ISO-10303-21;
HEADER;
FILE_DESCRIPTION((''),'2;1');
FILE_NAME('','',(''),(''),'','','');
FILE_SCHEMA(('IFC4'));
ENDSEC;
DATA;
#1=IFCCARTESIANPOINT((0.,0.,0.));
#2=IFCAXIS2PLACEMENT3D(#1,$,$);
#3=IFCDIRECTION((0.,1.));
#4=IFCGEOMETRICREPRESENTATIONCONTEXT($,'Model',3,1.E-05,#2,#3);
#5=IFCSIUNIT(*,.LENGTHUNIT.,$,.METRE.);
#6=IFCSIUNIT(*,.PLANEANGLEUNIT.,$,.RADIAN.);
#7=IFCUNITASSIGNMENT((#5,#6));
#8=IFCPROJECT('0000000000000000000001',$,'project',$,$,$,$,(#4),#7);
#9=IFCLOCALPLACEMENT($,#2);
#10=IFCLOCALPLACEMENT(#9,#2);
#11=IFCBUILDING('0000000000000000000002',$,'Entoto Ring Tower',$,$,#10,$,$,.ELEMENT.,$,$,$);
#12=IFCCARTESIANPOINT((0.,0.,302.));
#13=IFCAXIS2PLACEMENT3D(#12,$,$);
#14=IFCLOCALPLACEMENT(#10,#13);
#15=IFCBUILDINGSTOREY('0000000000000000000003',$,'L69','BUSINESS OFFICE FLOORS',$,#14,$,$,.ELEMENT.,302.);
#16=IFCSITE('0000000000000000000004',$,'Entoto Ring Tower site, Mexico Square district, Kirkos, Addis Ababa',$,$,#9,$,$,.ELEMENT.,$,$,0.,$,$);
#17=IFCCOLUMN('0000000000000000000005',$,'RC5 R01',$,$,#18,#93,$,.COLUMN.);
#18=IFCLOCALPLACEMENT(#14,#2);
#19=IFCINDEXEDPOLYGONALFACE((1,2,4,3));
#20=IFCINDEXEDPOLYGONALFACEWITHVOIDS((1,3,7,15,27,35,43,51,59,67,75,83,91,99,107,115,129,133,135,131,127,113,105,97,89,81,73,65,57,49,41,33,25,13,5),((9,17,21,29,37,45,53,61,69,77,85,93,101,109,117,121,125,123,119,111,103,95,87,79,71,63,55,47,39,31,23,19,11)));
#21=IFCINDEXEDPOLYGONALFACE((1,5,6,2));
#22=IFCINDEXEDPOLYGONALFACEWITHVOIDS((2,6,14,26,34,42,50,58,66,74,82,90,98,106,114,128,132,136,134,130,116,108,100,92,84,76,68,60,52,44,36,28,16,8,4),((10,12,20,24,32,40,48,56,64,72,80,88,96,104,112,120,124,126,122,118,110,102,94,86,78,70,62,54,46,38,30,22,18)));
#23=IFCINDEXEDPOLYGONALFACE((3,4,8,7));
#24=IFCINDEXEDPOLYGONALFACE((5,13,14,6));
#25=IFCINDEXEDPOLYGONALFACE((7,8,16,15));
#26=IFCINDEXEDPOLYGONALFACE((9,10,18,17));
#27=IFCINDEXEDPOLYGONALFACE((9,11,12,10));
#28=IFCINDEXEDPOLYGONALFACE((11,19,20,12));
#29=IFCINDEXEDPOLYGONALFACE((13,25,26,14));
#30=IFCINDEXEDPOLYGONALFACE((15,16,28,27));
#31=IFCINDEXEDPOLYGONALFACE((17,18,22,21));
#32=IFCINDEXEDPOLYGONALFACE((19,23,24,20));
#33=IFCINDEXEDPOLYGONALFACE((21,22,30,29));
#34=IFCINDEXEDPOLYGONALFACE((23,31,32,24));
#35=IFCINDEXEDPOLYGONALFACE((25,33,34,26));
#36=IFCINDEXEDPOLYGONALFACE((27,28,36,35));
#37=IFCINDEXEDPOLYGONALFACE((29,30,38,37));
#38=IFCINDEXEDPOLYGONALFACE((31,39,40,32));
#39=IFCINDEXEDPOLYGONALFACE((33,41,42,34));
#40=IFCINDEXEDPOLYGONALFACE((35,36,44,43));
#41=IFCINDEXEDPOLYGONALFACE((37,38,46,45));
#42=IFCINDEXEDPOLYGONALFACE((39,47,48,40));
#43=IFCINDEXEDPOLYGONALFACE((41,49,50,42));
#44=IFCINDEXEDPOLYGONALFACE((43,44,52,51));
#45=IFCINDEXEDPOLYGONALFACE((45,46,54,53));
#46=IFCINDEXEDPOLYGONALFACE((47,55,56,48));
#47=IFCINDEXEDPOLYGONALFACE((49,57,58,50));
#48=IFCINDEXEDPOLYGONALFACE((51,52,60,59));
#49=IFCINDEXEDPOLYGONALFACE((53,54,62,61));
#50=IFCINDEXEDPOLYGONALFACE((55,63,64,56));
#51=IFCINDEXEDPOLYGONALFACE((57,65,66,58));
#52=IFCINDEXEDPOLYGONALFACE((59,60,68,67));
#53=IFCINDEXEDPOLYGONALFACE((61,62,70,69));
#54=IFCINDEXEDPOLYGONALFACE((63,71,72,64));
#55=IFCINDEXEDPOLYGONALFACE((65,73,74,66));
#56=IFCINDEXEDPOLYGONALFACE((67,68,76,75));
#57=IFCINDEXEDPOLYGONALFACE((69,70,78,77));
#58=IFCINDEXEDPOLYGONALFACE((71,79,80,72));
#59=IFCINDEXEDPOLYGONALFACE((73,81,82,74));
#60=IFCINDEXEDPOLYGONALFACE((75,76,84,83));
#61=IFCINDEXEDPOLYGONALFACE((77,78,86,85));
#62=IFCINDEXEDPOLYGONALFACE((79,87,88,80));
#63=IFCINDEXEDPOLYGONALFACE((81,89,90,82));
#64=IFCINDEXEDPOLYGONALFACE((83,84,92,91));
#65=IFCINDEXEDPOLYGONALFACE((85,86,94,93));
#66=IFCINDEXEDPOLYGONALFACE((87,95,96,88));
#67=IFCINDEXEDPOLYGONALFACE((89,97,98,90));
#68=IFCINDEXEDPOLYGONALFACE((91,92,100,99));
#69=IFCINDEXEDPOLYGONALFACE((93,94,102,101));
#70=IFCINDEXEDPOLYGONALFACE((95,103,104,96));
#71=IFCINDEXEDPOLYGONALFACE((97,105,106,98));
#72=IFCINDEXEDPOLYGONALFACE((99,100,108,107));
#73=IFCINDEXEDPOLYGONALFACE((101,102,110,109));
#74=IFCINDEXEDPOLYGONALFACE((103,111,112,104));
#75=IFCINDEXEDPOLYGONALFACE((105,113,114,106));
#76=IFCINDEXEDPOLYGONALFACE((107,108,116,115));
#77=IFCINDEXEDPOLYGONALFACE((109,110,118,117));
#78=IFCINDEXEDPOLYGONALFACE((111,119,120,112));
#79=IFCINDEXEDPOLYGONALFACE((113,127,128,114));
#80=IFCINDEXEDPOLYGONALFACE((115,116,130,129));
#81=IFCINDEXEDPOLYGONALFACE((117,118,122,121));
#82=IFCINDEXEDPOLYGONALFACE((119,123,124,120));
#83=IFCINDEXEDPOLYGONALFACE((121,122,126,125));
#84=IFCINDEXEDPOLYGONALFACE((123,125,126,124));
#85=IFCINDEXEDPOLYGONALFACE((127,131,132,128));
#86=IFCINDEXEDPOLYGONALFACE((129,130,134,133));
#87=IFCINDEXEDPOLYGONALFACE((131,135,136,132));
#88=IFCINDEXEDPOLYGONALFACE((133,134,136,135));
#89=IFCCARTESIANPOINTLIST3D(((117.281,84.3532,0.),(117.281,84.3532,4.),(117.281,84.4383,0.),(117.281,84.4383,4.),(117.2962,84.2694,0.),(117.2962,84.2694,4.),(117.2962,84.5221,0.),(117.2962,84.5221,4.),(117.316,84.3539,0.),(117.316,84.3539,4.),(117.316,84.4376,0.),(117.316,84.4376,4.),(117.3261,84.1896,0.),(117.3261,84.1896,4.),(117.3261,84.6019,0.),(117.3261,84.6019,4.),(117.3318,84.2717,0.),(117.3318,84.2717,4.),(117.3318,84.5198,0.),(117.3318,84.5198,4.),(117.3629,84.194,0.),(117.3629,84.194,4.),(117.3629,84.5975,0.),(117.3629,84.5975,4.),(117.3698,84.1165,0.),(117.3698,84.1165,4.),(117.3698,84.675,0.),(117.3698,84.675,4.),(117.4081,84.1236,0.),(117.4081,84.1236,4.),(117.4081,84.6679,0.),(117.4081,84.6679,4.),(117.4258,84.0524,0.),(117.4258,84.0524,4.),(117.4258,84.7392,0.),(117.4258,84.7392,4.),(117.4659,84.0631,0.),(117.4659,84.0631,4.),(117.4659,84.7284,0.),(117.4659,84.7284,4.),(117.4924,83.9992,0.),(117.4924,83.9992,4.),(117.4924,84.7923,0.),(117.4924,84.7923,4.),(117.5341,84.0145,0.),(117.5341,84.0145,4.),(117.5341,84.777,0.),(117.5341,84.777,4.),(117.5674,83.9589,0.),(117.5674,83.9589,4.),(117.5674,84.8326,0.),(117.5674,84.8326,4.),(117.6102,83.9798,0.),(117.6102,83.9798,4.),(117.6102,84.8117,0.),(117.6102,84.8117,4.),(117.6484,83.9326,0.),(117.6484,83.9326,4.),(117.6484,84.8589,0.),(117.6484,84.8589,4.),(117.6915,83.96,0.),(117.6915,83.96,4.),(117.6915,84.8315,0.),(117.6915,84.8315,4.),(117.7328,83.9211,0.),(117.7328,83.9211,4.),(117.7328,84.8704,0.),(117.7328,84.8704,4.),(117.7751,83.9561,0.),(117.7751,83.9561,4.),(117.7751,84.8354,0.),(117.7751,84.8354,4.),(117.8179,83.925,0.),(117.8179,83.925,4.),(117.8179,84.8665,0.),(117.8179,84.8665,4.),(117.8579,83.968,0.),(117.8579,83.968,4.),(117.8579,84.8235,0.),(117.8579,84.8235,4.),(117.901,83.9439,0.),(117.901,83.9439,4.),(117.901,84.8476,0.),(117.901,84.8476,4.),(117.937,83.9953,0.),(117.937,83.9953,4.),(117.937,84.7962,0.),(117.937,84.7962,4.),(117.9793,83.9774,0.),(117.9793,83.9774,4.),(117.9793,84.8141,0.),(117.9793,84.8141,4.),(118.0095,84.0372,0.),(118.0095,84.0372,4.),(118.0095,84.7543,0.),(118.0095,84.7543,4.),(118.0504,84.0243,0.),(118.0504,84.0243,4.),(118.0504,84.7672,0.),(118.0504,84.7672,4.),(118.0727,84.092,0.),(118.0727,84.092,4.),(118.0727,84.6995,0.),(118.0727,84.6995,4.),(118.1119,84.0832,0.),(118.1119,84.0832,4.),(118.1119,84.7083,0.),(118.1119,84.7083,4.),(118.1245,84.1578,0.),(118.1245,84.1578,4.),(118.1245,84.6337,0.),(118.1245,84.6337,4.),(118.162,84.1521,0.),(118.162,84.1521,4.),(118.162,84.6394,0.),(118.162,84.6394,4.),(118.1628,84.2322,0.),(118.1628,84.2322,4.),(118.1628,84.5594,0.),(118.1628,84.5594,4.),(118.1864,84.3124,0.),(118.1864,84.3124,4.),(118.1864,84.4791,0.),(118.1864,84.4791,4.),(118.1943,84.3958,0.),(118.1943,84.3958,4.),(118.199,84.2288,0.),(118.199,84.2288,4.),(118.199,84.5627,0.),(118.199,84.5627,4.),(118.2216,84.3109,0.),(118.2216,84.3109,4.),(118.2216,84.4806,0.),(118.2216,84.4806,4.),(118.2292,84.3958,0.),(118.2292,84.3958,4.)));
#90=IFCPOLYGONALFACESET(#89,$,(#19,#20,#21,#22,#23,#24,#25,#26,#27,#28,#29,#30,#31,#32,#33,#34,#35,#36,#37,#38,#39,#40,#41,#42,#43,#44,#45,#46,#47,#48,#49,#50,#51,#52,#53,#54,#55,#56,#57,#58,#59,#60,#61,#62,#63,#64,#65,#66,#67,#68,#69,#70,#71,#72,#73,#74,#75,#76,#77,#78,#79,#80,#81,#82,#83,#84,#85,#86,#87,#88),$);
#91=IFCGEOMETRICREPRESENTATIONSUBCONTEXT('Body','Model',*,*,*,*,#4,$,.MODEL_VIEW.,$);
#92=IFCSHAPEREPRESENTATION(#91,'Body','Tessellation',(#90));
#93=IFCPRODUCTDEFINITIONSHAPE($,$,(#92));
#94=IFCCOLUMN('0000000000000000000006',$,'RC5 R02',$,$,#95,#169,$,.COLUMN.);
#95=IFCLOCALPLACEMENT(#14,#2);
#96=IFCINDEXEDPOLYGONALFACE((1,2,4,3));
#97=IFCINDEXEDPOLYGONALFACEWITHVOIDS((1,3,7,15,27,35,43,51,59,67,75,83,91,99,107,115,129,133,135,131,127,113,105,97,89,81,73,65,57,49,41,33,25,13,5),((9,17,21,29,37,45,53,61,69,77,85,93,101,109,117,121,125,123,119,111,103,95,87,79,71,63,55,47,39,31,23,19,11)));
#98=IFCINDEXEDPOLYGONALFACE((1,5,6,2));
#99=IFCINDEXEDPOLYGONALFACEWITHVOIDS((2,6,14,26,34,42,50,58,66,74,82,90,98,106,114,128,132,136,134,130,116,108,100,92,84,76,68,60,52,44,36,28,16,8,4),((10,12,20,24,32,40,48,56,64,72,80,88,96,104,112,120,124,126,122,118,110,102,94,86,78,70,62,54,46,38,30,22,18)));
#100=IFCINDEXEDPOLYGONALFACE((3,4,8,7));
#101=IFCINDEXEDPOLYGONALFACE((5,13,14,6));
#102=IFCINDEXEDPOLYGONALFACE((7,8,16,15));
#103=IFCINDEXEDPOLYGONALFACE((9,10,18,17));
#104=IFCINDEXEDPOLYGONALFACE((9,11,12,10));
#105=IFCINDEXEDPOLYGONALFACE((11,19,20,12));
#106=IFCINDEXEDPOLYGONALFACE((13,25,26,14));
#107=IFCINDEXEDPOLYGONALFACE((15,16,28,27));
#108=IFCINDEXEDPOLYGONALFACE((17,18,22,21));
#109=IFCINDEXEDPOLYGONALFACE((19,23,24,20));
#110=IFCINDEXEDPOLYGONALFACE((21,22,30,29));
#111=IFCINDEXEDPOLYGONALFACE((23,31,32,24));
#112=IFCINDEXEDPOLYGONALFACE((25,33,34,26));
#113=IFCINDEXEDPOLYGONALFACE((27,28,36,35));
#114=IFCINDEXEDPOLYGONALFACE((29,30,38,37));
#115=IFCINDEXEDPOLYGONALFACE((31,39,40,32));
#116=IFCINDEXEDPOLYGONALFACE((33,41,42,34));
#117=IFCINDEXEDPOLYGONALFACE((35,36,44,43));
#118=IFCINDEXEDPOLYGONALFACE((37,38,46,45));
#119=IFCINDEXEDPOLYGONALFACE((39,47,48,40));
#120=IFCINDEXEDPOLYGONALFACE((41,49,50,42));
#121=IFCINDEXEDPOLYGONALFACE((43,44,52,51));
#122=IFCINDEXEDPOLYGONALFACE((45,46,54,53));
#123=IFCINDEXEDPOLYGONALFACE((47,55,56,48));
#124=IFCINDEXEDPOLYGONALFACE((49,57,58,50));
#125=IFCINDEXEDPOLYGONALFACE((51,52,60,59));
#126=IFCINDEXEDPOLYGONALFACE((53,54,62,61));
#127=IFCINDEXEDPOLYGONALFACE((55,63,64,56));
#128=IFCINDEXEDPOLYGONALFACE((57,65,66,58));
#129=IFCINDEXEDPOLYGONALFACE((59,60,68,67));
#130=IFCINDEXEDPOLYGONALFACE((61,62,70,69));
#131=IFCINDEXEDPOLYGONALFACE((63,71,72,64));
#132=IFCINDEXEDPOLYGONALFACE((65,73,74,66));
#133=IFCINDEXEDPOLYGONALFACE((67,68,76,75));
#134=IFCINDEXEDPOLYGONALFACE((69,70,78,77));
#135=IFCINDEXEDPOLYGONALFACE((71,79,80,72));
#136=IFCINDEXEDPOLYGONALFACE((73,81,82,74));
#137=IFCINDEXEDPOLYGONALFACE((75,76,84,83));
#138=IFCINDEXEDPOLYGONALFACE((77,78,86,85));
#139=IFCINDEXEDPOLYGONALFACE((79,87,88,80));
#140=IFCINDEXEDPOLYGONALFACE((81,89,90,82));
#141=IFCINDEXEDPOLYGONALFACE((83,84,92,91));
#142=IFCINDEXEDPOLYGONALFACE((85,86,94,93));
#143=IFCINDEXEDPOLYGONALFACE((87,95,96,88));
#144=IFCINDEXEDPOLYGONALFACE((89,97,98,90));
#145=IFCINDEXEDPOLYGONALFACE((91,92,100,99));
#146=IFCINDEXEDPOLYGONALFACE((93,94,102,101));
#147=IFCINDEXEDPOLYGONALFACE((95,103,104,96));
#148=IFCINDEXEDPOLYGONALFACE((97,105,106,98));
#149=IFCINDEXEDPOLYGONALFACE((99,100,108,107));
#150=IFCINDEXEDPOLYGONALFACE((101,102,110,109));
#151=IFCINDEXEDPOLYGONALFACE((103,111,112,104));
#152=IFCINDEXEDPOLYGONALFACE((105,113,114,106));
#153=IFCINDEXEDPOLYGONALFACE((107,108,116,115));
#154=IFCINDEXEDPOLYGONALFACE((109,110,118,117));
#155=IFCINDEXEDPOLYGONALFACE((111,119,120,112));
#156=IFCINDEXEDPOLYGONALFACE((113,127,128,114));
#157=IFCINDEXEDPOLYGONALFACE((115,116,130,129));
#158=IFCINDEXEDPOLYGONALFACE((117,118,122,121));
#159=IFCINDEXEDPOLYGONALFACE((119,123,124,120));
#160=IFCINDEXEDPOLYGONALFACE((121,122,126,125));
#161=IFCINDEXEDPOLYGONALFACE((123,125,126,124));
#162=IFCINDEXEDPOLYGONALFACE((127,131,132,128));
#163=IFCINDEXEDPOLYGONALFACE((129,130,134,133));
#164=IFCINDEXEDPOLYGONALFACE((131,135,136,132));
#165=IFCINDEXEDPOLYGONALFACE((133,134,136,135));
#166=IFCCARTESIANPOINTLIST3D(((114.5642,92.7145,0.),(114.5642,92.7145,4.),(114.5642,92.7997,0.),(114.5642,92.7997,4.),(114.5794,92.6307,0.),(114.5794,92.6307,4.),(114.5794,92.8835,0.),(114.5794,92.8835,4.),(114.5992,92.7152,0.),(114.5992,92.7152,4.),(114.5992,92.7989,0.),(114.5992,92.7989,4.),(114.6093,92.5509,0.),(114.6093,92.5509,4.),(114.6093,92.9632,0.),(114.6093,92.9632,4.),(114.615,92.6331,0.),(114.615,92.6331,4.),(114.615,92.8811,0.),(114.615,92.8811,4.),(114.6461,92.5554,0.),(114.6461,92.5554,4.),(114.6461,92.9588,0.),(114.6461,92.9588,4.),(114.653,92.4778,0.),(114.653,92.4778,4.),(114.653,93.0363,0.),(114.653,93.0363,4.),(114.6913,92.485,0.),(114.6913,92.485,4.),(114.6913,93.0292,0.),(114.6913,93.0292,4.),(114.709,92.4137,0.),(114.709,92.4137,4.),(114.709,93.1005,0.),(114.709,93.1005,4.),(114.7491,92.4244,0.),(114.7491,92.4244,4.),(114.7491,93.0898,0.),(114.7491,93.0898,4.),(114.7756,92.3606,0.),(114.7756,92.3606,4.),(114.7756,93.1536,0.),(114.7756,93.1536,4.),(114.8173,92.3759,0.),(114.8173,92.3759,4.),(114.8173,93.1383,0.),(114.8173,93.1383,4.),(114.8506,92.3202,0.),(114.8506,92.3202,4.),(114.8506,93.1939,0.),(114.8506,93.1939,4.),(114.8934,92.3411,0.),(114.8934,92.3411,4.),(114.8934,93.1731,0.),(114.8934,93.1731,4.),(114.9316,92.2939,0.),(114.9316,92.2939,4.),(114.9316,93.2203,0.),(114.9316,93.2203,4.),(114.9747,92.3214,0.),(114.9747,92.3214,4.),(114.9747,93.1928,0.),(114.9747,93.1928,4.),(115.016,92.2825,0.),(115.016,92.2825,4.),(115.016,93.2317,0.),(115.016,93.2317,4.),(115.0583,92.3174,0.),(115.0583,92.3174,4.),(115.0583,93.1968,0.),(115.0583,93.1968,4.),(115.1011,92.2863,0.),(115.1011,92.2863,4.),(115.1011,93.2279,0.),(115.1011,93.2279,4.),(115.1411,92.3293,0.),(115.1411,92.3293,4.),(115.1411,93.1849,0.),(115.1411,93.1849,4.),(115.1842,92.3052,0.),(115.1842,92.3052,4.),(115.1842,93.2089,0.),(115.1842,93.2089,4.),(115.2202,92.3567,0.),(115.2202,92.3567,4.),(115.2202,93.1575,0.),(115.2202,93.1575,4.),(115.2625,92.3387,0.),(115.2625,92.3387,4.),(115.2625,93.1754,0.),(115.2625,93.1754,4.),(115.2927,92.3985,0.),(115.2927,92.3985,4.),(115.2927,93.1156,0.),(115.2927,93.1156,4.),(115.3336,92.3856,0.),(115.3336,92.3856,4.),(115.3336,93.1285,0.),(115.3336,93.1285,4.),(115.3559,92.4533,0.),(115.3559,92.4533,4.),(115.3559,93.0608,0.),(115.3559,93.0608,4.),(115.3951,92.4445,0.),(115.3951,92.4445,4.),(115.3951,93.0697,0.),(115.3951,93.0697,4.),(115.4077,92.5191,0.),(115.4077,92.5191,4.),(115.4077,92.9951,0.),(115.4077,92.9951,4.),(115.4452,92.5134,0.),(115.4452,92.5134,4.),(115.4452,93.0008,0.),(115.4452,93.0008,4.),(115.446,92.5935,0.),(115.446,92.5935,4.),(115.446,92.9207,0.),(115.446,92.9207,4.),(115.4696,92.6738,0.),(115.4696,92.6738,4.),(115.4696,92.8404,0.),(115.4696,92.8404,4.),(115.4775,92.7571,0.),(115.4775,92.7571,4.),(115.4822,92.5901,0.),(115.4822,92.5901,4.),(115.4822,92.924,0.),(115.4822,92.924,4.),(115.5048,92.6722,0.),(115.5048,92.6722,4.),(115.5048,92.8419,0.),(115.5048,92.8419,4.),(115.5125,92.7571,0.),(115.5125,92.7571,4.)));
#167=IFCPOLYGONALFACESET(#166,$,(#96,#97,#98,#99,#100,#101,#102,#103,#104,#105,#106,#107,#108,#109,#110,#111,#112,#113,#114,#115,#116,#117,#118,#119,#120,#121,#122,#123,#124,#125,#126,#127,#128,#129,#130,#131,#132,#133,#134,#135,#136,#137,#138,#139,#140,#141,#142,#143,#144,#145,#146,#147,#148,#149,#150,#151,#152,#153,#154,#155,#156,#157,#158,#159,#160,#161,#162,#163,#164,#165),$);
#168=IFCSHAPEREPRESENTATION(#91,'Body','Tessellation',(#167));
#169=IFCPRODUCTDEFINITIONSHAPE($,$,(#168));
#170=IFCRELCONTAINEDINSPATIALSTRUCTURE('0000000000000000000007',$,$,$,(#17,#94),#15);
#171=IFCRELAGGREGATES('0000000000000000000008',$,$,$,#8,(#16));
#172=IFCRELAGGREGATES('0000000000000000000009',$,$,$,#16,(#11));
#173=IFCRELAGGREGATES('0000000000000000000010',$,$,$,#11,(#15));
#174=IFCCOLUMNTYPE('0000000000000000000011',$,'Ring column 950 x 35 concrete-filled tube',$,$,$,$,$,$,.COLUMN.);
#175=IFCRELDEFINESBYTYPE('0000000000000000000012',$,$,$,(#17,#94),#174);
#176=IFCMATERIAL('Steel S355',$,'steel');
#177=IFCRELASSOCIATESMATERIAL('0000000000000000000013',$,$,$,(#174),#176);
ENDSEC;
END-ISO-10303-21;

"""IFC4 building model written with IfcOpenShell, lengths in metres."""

from ifc_helpers import new_model, si_unit, direction, frame, origin, origin_2d, place, context, subcontext, project, spatial, circle, hollow_circle, extrude, material, material_profile, profile_set, type_object, element, save


model = new_model("IFC4")

# Units and contexts
model_context = context("Model", 3, precision=1e-05, world=origin(), true_north=direction((0.0, 1.0)))
body_context = subcontext(model_context, "Body", "Model", "MODEL_VIEW")
ifc_project = project(units=[si_unit("LENGTHUNIT", "METRE"), si_unit("PLANEANGLEUNIT", "RADIAN")], contexts=[model_context])

# Site, building, storey
site_placement = place(None, origin())
site = spatial("IfcSite", under=ifc_project, at=site_placement, Name="Entoto Ring Tower site, Mexico Square district, Kirkos, Addis Ababa", CompositionType="ELEMENT", RefElevation=0.0)
building_placement = place(site_placement, origin())
building = spatial("IfcBuilding", under=site, at=building_placement, Name="Entoto Ring Tower", CompositionType="ELEMENT")
storey_placement = place(building_placement, frame((0.0, 0.0, 302.0)))
storey = spatial("IfcBuildingStorey", under=building, at=storey_placement, Name="L69", Description="BUSINESS OFFICE FLOORS", CompositionType="ELEMENT", Elevation=302.0)

# Columns
ifc_material_1 = material(Name="Steel S355", Category="steel")
ifc_material_profile_1 = material_profile(ifc_material_1, hollow_circle(Radius=0.4751, WallThickness=0.0349, at=origin_2d()), Name="CHS 950 x 35")
ifc_material_2 = material(Name="Concrete C60/75", Category="concrete")
ifc_material_profile_2 = material_profile(ifc_material_2, circle(Radius=0.4399, at=origin_2d()), Name="Concrete C60/75 infill")
ifc_profile_set_1 = profile_set([ifc_material_profile_1, ifc_material_profile_2], Name="Steel S355")
column_type = type_object("IfcColumnType", Name="Ring column 950 x 35 concrete-filled tube", PredefinedType="COLUMN", material=ifc_profile_set_1)
for number, where, z_axis, x_axis, name in (
    (1, (117.7542, 84.3958, 0.0), (0.0, 0.0, 1.0), (1.0, 0.0, 0.0), "RC5 R01"),
    (2, (115.0374, 92.7571, 0.0), (0.0, 0.0, 1.0), (1.0, 0.0, 0.0), "RC5 R02"),
):
    element("IfcColumn", number, at=place(storey_placement, frame(where, z_axis=z_axis, x_axis=x_axis)), inside=storey, type_object=column_type, Name=name, PredefinedType="COLUMN", context=body_context, shape_type="SweptSolid", body=[
        extrude(hollow_circle(Radius=0.4751, WallThickness=0.0349, at=origin_2d()), origin(), (0.0, 0.0, 1.0), 4.0),
    ])

save(model, "model.ifc")
